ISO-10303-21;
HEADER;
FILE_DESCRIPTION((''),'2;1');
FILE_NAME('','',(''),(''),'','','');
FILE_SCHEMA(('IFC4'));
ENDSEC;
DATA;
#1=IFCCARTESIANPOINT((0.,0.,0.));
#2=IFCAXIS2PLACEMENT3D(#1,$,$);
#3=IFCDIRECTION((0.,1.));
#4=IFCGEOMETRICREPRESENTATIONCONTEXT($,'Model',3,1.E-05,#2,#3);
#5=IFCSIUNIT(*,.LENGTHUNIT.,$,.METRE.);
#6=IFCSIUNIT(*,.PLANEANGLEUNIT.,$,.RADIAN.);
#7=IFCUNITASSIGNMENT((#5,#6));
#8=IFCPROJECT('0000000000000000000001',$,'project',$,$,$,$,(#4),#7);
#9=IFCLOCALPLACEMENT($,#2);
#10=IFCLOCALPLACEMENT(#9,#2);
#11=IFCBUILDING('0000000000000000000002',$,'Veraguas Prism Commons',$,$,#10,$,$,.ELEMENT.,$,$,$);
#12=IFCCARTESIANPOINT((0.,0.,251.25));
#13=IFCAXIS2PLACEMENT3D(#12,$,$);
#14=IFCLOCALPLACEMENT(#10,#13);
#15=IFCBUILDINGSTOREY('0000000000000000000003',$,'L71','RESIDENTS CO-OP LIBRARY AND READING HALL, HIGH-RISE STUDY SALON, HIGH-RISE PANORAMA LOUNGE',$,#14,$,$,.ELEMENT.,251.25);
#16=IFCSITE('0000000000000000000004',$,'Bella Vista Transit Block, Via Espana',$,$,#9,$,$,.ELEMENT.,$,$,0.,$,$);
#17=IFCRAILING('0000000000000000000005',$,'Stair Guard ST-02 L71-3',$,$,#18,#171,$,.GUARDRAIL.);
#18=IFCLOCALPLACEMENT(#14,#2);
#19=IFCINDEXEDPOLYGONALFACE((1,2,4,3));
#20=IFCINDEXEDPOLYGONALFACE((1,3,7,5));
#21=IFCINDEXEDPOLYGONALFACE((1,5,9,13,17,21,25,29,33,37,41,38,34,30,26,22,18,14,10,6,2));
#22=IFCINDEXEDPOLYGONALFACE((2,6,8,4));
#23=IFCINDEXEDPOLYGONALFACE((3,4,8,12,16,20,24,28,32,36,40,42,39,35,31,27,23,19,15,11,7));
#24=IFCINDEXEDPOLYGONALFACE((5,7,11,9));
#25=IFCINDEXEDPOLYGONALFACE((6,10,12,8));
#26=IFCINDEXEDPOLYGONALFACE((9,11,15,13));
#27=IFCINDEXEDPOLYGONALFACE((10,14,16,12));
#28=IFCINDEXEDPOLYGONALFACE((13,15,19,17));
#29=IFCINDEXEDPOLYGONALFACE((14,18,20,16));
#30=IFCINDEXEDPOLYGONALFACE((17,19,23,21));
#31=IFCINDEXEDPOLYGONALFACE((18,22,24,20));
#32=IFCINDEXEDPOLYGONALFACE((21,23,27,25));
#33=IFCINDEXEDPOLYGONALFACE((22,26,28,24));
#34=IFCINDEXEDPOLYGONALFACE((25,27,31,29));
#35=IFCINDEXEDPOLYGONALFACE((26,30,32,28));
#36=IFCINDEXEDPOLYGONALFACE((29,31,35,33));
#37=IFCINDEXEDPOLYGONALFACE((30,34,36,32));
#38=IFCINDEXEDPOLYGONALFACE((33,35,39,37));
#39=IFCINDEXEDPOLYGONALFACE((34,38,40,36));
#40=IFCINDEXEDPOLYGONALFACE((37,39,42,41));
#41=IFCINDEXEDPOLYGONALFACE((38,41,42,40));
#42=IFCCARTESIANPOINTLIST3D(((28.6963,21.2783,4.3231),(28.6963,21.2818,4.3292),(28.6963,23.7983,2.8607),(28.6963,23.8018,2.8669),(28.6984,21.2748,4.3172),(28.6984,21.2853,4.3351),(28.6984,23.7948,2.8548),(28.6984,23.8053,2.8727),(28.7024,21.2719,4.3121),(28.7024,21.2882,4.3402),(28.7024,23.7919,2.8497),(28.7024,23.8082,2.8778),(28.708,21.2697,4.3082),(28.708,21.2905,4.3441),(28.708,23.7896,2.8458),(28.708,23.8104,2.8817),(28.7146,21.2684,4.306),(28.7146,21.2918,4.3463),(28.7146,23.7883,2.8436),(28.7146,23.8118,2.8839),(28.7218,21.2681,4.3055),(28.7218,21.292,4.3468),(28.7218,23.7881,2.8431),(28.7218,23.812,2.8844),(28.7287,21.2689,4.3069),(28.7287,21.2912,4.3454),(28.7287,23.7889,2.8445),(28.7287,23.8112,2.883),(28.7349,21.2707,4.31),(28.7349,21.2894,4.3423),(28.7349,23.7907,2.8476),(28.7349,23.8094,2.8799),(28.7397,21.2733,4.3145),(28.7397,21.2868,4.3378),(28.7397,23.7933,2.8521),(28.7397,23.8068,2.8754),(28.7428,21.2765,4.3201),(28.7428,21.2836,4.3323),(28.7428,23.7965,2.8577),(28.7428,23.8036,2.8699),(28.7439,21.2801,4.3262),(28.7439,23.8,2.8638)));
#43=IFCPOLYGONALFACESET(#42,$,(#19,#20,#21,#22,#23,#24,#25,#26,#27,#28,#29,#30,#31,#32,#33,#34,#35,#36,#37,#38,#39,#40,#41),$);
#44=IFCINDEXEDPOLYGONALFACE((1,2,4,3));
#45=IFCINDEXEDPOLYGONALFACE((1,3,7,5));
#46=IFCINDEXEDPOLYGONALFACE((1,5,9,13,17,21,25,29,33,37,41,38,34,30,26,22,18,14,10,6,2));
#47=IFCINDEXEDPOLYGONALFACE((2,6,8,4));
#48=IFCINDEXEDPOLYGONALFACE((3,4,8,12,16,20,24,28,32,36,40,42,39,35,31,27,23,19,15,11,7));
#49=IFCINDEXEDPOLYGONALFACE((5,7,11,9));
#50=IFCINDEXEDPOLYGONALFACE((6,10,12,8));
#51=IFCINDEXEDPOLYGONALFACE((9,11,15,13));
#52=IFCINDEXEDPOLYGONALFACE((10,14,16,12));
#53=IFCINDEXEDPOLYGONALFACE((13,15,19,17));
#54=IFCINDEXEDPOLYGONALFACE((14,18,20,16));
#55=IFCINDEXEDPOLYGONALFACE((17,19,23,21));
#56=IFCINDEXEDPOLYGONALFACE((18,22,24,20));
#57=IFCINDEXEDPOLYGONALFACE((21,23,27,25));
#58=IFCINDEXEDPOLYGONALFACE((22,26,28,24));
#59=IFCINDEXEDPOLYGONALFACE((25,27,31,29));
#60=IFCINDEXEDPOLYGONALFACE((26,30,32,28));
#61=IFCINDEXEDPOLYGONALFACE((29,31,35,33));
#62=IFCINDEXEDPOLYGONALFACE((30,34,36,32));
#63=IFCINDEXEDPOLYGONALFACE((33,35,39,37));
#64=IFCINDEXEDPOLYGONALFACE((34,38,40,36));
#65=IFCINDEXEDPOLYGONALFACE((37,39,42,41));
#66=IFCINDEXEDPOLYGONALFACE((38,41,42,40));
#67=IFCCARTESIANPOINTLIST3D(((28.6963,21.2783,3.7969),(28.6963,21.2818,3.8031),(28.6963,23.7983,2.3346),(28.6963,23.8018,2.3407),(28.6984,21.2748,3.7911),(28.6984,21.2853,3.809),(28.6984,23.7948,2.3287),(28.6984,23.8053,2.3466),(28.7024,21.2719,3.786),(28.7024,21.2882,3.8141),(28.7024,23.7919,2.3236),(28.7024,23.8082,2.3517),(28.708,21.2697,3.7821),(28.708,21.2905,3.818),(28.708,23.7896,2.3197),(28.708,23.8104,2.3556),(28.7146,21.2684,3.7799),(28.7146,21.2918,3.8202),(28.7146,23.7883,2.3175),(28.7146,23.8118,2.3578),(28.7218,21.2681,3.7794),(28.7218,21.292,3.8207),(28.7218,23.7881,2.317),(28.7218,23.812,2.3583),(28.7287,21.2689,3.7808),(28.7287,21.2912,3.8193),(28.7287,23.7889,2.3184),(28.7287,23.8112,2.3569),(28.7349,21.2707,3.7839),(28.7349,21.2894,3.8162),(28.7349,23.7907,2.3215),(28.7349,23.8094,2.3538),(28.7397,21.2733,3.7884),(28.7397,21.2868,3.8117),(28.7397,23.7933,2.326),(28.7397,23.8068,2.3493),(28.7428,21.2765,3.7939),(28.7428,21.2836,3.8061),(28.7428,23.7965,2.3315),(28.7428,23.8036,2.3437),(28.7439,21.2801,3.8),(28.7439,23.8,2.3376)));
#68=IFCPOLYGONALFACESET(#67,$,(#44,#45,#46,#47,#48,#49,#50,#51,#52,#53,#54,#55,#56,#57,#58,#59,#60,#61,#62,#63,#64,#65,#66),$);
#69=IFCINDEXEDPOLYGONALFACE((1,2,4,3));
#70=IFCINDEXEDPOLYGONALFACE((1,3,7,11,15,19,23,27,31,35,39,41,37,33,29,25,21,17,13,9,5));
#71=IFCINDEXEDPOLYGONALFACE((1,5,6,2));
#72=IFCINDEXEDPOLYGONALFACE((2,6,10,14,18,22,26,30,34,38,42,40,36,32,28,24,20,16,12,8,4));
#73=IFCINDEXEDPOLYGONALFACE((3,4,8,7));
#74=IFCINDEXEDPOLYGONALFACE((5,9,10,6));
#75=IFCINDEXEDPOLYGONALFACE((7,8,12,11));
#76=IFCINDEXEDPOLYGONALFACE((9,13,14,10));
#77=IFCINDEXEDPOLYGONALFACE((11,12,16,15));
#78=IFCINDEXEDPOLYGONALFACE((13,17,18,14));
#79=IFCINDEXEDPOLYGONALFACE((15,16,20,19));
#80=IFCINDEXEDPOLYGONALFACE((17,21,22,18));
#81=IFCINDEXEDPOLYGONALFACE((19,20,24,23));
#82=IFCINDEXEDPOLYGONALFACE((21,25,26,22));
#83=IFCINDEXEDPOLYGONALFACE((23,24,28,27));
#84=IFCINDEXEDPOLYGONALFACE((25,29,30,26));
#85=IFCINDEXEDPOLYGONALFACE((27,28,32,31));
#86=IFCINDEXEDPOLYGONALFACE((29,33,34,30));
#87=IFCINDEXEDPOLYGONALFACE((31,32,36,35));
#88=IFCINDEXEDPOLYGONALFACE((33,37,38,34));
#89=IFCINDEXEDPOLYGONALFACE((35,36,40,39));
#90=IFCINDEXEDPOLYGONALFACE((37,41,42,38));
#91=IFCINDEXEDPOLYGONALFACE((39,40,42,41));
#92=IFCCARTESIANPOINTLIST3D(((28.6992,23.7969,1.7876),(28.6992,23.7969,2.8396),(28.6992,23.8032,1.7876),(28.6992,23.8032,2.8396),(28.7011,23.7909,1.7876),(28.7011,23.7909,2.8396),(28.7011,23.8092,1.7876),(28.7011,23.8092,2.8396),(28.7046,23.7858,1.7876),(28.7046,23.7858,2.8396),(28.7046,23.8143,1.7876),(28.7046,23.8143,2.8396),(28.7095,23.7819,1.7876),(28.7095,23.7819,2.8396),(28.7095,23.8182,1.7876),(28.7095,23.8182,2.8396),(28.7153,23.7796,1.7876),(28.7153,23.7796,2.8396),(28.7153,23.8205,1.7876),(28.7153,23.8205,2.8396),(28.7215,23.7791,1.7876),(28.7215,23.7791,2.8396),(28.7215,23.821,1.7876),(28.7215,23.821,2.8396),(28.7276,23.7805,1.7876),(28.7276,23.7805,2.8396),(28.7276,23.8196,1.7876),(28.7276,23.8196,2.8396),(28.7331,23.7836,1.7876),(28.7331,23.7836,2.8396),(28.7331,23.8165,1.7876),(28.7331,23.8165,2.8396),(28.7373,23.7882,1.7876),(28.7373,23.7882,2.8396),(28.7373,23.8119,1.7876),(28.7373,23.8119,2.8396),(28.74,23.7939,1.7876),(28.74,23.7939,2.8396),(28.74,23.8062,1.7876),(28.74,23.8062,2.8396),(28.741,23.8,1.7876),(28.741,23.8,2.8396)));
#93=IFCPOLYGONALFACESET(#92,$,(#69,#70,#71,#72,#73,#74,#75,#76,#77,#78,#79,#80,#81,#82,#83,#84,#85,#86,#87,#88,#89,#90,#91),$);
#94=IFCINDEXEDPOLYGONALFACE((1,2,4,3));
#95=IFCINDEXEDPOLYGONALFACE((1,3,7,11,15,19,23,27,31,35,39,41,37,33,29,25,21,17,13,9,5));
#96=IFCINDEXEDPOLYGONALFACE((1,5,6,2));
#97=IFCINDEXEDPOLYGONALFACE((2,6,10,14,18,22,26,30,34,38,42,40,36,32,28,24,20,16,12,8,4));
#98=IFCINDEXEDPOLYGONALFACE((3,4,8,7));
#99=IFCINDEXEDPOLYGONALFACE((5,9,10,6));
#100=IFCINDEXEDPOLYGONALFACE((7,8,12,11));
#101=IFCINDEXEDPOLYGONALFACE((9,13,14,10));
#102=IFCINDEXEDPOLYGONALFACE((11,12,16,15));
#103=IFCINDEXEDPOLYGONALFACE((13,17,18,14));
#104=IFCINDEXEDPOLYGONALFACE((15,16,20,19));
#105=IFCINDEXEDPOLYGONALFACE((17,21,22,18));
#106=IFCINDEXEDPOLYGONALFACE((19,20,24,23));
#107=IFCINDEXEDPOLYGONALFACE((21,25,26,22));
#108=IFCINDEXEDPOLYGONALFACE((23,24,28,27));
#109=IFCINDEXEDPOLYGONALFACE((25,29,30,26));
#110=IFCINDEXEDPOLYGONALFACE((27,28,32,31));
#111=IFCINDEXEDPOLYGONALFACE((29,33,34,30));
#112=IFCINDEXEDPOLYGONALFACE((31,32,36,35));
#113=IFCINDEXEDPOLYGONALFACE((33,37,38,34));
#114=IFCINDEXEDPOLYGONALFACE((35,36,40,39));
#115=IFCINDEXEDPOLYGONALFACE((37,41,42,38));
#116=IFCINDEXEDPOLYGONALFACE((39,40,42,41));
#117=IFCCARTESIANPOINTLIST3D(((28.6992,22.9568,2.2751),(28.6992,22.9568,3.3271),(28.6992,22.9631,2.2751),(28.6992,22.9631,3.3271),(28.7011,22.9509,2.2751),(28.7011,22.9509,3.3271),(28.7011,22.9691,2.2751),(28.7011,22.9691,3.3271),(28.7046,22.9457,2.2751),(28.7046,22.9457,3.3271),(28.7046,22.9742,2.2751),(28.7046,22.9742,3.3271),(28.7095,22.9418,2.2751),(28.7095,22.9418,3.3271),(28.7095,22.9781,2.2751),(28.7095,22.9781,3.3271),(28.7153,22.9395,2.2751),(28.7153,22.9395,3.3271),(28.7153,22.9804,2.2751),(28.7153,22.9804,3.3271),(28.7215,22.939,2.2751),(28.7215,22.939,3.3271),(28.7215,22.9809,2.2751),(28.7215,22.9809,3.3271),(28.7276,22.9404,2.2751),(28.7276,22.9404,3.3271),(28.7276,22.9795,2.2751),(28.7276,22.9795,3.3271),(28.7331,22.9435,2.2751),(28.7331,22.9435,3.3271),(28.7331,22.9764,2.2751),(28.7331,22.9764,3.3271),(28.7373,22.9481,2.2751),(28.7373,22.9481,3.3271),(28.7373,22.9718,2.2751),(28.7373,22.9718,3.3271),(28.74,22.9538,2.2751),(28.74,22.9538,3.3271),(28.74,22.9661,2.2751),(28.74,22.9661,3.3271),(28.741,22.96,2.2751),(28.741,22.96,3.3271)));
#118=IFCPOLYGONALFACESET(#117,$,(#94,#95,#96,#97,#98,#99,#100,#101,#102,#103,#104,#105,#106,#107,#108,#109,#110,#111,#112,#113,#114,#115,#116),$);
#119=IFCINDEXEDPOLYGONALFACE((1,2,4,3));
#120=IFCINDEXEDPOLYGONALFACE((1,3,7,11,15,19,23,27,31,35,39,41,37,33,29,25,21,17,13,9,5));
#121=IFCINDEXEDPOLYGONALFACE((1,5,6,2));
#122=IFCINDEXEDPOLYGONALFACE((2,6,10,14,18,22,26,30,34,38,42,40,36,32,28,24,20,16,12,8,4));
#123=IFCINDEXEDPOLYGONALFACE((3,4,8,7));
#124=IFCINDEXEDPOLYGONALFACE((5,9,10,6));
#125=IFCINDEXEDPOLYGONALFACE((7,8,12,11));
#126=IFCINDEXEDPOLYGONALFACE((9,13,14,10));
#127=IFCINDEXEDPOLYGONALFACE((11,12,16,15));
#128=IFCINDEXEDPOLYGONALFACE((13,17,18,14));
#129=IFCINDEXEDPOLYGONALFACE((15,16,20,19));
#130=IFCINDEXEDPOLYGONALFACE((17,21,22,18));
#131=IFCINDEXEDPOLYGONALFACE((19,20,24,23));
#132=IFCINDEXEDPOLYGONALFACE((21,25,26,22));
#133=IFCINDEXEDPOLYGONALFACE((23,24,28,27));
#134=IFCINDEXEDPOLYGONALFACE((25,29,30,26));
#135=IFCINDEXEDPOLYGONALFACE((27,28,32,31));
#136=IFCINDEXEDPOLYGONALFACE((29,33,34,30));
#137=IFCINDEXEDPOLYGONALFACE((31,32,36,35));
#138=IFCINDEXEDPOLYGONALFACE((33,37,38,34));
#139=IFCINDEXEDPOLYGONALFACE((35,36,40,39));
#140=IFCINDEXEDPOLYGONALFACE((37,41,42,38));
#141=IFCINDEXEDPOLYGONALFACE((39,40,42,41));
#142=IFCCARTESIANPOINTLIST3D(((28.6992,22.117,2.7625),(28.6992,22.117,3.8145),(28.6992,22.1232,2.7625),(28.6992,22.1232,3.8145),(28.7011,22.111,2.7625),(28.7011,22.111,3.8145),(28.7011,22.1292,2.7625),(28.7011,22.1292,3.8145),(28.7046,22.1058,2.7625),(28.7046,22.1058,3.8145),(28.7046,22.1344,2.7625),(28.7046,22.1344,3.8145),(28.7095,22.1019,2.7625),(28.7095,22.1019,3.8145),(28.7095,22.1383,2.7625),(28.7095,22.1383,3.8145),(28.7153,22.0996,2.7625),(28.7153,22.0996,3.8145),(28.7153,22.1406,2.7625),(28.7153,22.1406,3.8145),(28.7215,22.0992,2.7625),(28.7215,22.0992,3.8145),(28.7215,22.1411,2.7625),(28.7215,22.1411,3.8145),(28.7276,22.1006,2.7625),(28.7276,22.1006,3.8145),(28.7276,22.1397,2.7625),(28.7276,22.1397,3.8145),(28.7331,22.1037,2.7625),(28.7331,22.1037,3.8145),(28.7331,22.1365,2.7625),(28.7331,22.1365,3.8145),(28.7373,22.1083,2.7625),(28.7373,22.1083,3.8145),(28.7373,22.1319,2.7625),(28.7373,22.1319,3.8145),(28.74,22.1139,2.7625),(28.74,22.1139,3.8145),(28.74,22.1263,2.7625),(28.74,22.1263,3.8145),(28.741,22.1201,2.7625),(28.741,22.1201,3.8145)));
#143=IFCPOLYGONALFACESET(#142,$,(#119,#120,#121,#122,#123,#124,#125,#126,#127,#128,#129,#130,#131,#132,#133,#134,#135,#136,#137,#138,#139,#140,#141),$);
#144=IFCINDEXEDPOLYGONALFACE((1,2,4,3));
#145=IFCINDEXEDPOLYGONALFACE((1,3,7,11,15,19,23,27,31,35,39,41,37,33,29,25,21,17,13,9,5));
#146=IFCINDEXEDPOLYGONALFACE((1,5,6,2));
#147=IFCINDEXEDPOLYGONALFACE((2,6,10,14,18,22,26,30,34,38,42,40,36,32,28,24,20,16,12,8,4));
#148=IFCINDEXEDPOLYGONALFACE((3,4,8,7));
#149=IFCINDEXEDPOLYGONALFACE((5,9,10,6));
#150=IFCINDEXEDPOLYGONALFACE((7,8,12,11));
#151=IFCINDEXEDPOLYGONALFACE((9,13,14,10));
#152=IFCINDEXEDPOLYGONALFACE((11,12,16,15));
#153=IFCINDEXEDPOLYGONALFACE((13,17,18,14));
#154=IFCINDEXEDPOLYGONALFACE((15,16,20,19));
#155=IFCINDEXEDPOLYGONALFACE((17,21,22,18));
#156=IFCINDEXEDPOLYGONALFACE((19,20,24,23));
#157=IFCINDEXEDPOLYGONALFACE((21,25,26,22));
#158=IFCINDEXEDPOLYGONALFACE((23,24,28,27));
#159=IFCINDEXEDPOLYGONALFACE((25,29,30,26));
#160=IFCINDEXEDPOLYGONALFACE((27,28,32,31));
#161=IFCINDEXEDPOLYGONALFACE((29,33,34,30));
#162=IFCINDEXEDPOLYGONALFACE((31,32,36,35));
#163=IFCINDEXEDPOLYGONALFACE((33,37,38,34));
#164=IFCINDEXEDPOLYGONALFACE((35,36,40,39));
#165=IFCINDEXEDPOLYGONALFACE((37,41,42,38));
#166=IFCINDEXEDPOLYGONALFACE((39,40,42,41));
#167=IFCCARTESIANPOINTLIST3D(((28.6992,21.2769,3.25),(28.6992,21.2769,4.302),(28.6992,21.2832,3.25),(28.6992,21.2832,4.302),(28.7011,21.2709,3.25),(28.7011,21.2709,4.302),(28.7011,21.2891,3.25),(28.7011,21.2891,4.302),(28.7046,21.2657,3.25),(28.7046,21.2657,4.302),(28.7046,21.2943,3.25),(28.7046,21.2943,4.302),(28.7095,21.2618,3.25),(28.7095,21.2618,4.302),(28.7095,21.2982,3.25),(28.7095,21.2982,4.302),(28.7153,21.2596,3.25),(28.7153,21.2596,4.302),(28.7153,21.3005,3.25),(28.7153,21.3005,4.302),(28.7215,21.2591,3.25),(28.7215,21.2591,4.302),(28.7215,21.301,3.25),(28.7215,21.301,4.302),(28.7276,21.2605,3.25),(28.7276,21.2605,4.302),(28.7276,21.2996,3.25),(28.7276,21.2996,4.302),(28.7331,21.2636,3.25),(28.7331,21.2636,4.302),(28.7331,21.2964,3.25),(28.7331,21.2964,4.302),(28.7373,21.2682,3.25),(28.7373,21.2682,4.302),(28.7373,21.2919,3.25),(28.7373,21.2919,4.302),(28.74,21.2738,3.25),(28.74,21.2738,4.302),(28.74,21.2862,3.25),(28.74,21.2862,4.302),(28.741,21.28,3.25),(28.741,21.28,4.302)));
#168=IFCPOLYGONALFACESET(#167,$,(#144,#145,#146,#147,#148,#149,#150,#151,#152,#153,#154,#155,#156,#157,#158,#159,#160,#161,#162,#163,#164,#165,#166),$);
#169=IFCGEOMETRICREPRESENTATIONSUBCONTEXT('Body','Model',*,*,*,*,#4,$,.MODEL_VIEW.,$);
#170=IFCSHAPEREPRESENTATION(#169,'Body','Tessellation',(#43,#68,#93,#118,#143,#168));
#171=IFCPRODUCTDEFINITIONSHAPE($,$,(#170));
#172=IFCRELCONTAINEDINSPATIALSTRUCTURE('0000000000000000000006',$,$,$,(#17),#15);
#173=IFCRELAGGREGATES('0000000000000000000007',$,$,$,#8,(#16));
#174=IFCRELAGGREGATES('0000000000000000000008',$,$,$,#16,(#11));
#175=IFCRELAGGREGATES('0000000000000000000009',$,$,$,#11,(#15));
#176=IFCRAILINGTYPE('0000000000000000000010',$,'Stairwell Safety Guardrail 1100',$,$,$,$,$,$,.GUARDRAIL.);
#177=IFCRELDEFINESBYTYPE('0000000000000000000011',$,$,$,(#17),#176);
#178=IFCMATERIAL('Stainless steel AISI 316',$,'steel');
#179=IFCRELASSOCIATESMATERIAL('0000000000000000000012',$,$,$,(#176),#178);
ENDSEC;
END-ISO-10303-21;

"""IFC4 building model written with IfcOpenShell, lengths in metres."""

from ifc_helpers import new_model, si_unit, direction, frame, origin, origin_2d, place, context, subcontext, project, spatial, circle, extrude, material, type_object, element, save


model = new_model("IFC4")

# Units and contexts
model_context = context("Model", 3, precision=1e-05, world=origin(), true_north=direction((0.0, 1.0)))
body_context = subcontext(model_context, "Body", "Model", "MODEL_VIEW")
ifc_project = project(units=[si_unit("LENGTHUNIT", "METRE"), si_unit("PLANEANGLEUNIT", "RADIAN")], contexts=[model_context])

# Site, building, storey
site_placement = place(None, origin())
site = spatial("IfcSite", under=ifc_project, at=site_placement, Name="Bella Vista Transit Block, Via Espana", CompositionType="ELEMENT", RefElevation=0.0)
building_placement = place(site_placement, origin())
building = spatial("IfcBuilding", under=site, at=building_placement, Name="Veraguas Prism Commons", CompositionType="ELEMENT")
storey_placement = place(building_placement, frame((0.0, 0.0, 251.25)))
storey = spatial("IfcBuildingStorey", under=building, at=storey_placement, Name="L71", Description="RESIDENTS CO-OP LIBRARY AND READING HALL, HIGH-RISE STUDY SALON, HIGH-RISE PANORAMA LOUNGE", CompositionType="ELEMENT", Elevation=251.25)

# Railing
ifc_material_1 = material(Name="Stainless steel AISI 316", Category="steel")
railing_type_1 = type_object("IfcRailingType", Name="Stairwell Safety Guardrail 1100", PredefinedType="GUARDRAIL", material=ifc_material_1)
railing_1_placement = place(storey_placement, frame((28.72, 23.8, 1.7876)))
element("IfcRailing", 1, at=railing_1_placement, inside=storey, type_object=railing_type_1, Name="Stair Guard ST-02 L71-3", PredefinedType="GUARDRAIL", context=body_context, shape_type="SweptSolid", body=[
    extrude(circle(Radius=0.0239, at=origin_2d()), frame((0.0, 0.0, 1.0762), z_axis=(0.0, -0.864913, 0.501921), x_axis=(1.0, 0.0, 0.0)), (0.0, 0.0, 1.0), 2.9136),
    extrude(circle(Radius=0.0239, at=origin_2d()), frame((0.0, 0.0, 0.55), z_axis=(0.0, -0.864913, 0.501921), x_axis=(1.0, 0.0, 0.0)), (0.0, 0.0, 1.0), 2.9136),
    extrude(circle(Radius=0.021, at=origin_2d()), origin(), (0.0, 0.0, 1.0), 1.052),
    extrude(circle(Radius=0.021, at=origin_2d()), frame((0.0, -0.8401, 0.4875)), (0.0, 0.0, 1.0), 1.052),
    extrude(circle(Radius=0.021, at=origin_2d()), frame((0.0, -1.6799, 0.9749)), (0.0, 0.0, 1.0), 1.052),
    extrude(circle(Radius=0.021, at=origin_2d()), frame((0.0, -2.52, 1.4624)), (0.0, 0.0, 1.0), 1.052),
])

save(model, "model.ifc")
